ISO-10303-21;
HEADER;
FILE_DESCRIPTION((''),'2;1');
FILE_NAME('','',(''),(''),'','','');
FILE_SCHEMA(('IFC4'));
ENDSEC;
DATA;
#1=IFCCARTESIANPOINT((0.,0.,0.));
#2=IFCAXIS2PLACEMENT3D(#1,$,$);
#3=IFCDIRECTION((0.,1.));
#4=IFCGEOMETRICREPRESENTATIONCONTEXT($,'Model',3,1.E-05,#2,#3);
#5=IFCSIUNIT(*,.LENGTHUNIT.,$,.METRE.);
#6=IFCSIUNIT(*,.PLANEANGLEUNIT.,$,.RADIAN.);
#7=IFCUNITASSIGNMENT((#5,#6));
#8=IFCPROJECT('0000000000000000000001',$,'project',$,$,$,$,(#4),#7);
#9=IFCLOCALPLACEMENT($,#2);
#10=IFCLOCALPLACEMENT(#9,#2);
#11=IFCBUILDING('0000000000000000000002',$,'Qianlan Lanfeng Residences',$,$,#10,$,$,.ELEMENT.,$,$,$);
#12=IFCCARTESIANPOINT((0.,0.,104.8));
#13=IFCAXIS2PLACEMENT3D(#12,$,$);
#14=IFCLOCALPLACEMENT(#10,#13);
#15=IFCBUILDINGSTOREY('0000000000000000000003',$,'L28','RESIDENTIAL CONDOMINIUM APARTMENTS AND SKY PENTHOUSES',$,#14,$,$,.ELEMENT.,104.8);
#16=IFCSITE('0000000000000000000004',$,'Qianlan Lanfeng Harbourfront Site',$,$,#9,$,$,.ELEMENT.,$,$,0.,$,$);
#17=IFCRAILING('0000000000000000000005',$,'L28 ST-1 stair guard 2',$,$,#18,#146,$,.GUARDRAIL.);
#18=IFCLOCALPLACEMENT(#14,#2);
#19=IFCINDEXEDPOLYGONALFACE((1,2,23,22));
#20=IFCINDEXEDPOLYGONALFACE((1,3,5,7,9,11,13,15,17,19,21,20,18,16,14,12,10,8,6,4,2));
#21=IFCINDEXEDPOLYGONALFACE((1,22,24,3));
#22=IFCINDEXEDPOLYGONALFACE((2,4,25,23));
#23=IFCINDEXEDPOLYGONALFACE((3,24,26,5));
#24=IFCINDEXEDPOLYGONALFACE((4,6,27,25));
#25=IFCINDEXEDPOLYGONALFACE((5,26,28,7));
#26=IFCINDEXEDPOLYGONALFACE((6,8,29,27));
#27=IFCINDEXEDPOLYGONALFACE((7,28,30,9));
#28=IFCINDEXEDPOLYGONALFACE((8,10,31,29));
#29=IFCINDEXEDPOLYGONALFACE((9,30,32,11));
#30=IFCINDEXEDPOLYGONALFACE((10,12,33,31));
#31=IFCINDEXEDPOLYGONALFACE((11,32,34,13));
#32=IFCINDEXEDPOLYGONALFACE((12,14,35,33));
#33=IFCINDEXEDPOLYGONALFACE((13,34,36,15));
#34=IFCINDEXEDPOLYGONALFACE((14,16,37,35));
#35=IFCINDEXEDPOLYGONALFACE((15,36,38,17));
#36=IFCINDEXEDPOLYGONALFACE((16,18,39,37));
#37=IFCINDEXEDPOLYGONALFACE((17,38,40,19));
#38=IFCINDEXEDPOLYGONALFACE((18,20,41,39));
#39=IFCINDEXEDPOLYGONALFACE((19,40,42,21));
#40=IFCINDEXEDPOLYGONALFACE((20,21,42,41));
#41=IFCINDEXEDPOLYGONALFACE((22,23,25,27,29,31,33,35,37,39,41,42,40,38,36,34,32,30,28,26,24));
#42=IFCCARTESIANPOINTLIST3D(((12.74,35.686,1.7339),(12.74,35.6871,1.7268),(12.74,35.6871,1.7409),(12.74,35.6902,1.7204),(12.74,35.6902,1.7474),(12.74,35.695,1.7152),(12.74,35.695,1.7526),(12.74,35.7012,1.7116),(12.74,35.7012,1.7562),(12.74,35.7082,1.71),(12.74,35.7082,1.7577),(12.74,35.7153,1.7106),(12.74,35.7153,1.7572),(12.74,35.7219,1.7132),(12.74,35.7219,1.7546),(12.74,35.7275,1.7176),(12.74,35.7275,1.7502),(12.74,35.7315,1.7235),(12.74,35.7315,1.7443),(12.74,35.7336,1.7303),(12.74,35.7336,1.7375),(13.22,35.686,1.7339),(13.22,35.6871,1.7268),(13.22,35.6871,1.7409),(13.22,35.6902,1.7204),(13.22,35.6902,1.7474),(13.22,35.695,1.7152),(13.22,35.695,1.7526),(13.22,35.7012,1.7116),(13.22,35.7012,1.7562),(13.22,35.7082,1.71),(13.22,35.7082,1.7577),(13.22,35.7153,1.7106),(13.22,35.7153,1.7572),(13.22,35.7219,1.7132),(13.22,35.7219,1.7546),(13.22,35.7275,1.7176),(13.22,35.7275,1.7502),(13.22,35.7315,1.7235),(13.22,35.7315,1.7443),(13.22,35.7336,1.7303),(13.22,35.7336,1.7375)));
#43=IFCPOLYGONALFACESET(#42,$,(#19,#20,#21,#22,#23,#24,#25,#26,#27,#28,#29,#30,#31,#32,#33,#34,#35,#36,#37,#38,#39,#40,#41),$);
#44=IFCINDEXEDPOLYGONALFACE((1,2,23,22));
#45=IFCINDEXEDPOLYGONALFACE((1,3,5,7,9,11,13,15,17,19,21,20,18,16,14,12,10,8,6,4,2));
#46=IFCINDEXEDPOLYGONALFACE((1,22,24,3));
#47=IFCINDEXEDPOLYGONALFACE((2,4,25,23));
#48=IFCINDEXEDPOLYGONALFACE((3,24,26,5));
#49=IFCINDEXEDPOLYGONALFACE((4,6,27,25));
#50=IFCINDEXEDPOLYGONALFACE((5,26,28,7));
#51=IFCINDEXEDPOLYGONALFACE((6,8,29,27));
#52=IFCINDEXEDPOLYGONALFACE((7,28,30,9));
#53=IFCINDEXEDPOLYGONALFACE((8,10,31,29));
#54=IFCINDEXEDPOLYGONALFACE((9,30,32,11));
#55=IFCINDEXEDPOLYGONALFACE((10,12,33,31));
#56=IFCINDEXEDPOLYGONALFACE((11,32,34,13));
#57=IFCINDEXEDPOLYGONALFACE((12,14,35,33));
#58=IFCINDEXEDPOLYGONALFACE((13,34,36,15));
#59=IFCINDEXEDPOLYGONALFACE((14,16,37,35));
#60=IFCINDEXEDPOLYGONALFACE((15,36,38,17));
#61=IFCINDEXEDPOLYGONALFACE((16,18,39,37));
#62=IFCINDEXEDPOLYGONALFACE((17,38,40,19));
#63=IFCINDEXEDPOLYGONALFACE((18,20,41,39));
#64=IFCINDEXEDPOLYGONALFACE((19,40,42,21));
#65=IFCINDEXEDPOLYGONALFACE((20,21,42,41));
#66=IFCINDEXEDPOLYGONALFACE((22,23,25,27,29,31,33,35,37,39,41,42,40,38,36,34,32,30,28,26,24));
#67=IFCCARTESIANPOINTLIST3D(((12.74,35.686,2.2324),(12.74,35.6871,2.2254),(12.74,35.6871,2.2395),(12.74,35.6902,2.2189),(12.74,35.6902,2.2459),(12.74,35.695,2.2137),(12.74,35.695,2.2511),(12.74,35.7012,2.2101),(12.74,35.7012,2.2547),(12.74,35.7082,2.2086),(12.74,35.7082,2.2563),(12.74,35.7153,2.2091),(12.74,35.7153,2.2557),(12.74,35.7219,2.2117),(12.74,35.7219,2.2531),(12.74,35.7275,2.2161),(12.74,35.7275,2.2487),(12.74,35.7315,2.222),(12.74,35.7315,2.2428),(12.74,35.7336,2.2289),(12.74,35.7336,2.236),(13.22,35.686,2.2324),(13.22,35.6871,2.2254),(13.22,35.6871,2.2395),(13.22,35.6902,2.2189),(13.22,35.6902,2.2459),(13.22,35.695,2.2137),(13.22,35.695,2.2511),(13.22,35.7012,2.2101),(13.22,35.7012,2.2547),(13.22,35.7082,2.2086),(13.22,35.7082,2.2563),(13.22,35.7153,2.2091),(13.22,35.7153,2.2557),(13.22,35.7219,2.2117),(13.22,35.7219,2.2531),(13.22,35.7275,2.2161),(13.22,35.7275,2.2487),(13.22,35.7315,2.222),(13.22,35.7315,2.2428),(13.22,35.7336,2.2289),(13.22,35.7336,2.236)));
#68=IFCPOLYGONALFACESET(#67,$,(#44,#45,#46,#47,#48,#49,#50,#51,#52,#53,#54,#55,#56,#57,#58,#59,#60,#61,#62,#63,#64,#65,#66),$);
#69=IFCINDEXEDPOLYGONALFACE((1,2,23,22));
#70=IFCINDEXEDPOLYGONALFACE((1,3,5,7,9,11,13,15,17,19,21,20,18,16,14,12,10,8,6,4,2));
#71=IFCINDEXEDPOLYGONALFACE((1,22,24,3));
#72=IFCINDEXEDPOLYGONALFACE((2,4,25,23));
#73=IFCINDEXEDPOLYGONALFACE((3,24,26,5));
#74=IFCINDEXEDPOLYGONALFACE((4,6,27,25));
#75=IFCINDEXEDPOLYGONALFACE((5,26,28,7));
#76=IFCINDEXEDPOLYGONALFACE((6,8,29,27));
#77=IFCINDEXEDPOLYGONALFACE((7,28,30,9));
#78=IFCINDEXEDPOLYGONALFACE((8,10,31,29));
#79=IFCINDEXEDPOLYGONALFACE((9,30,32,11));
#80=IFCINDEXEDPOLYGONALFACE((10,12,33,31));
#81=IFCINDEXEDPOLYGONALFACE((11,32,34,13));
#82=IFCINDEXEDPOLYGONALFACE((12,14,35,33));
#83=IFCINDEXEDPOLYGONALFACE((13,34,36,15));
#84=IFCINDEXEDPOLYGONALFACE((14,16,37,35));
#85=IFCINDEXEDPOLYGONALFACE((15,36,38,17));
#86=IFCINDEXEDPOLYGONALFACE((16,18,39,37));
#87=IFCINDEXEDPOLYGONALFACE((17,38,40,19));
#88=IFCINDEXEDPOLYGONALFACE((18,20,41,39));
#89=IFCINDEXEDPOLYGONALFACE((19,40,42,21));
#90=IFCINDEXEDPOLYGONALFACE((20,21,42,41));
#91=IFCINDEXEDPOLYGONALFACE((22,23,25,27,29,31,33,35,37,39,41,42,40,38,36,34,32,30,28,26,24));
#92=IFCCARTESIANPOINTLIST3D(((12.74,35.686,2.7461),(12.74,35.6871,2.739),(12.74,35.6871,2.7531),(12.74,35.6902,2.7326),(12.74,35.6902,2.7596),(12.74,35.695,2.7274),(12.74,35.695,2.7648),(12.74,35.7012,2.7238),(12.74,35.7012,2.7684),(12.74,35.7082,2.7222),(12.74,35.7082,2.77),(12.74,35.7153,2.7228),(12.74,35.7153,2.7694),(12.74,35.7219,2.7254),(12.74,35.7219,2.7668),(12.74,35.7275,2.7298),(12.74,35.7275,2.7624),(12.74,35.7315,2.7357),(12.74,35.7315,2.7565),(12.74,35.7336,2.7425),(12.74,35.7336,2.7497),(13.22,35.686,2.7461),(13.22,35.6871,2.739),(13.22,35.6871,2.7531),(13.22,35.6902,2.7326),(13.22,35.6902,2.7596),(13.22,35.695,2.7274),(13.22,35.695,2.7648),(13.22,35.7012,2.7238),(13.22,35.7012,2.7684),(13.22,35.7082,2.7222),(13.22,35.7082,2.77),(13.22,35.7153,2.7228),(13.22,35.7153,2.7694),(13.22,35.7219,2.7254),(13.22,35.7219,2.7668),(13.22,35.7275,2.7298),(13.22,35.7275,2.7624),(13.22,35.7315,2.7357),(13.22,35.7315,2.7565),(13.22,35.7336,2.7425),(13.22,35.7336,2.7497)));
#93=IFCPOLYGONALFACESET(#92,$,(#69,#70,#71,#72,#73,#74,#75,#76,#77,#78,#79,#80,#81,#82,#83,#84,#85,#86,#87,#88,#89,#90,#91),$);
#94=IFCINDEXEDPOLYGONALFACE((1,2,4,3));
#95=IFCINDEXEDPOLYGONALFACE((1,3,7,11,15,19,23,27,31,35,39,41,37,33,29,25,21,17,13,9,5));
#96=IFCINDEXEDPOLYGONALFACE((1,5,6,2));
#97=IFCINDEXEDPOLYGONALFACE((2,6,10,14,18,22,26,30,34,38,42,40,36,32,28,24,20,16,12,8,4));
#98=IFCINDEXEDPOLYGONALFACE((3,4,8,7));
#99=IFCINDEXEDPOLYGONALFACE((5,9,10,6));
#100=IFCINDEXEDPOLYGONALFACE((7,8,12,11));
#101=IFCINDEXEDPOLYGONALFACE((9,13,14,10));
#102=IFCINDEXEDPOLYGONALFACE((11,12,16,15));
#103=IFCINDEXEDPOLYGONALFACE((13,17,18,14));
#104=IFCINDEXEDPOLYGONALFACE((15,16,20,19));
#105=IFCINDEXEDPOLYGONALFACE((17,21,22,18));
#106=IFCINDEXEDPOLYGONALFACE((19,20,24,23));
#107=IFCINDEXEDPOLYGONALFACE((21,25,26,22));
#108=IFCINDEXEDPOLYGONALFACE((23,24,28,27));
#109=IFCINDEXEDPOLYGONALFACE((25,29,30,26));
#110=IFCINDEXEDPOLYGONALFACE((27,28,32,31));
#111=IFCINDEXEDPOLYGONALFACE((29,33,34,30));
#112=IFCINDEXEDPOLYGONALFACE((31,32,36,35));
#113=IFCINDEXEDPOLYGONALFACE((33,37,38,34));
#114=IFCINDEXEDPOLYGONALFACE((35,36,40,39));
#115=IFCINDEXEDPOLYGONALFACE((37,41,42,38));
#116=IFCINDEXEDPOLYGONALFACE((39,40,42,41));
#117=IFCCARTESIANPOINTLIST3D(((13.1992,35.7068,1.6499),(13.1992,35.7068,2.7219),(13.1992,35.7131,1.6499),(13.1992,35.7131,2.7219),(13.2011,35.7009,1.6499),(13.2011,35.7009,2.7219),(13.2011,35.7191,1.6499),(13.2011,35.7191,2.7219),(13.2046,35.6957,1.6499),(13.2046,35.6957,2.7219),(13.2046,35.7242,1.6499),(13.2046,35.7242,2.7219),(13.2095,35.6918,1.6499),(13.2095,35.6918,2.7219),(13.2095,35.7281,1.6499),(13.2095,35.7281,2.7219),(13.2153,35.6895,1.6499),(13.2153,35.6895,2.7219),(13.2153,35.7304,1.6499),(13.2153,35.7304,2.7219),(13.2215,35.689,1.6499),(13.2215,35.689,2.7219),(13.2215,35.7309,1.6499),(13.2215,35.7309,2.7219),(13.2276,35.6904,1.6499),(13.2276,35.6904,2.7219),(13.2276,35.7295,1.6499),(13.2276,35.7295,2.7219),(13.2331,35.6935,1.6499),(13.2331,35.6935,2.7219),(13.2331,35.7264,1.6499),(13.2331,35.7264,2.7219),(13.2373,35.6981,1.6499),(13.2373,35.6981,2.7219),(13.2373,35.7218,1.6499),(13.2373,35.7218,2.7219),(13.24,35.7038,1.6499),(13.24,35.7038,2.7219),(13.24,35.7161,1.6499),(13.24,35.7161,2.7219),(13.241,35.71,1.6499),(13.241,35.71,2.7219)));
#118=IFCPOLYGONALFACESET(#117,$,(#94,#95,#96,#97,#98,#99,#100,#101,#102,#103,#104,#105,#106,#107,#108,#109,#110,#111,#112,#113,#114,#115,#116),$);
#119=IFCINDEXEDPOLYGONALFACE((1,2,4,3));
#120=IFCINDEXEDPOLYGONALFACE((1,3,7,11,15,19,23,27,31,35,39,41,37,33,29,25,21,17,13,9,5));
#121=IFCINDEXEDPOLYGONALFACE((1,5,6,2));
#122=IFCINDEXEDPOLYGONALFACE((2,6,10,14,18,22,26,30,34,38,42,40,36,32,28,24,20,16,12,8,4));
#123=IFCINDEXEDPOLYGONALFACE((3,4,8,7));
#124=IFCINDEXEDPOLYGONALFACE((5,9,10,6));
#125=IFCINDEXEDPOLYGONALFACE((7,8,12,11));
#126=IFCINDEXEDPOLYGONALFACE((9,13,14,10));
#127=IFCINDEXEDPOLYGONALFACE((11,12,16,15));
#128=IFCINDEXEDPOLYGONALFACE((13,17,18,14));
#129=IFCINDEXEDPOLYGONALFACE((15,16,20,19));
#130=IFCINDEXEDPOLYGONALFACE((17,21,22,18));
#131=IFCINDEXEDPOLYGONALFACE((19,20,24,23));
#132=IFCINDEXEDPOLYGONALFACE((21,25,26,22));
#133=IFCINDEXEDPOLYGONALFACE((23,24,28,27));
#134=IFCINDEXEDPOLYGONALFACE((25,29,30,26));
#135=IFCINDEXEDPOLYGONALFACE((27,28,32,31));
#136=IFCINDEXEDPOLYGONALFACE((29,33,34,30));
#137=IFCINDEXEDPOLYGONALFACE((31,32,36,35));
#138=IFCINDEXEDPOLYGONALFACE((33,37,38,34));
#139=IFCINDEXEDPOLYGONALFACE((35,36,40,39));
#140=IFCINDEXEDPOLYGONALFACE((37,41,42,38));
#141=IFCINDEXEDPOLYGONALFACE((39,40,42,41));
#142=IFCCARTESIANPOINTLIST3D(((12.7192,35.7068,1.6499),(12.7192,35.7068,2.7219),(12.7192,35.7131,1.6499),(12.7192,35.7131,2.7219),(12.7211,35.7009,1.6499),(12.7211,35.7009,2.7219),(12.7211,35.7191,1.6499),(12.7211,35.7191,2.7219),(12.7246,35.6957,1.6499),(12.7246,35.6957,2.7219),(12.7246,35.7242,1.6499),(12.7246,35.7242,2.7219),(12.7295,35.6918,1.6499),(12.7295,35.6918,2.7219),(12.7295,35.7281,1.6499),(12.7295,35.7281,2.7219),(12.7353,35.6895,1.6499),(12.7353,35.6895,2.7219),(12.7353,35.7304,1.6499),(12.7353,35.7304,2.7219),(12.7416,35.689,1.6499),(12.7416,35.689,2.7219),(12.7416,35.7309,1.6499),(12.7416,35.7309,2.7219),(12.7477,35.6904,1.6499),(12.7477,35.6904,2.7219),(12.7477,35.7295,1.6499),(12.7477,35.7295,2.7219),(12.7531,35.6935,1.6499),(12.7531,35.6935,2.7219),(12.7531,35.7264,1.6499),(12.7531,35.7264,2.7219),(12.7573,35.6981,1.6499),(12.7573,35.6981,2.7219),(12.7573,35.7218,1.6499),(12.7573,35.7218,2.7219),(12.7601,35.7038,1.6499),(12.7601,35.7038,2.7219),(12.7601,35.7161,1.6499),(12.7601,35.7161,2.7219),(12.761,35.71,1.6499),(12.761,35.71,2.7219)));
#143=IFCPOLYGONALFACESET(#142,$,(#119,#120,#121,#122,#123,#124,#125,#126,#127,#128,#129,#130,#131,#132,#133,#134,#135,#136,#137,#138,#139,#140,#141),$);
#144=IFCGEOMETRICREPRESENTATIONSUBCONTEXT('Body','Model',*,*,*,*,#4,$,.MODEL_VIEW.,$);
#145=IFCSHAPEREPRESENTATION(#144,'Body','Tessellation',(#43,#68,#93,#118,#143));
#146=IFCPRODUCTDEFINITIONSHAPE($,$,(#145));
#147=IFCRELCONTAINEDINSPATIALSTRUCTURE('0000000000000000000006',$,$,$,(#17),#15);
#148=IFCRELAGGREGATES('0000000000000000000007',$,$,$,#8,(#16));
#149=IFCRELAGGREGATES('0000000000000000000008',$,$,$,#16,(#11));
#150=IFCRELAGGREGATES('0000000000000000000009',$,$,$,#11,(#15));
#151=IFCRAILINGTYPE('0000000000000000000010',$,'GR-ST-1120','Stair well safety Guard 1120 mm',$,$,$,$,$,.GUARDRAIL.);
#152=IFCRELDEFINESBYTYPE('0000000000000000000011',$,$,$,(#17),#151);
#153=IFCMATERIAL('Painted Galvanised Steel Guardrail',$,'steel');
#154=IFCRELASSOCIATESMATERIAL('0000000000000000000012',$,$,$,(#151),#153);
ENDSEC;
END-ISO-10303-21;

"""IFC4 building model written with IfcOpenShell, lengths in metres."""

from ifc_helpers import new_model, si_unit, direction, frame, origin, origin_2d, place, context, subcontext, project, spatial, circle, extrude, material, type_object, element, save


model = new_model("IFC4")

# Units and contexts
model_context = context("Model", 3, precision=1e-05, world=origin(), true_north=direction((0.0, 1.0)))
body_context = subcontext(model_context, "Body", "Model", "MODEL_VIEW")
ifc_project = project(units=[si_unit("LENGTHUNIT", "METRE"), si_unit("PLANEANGLEUNIT", "RADIAN")], contexts=[model_context])

# Site, building, storey
site_placement = place(None, origin())
site = spatial("IfcSite", under=ifc_project, at=site_placement, Name="Qianlan Lanfeng Harbourfront Site", CompositionType="ELEMENT", RefElevation=0.0)
building_placement = place(site_placement, origin())
building = spatial("IfcBuilding", under=site, at=building_placement, Name="Qianlan Lanfeng Residences", CompositionType="ELEMENT")
storey_placement = place(building_placement, frame((0.0, 0.0, 104.8)))
storey = spatial("IfcBuildingStorey", under=building, at=storey_placement, Name="L28", Description="RESIDENTIAL CONDOMINIUM APARTMENTS AND SKY PENTHOUSES", CompositionType="ELEMENT", Elevation=104.8)

# Railing
ifc_material_1 = material(Name="Painted Galvanised Steel Guardrail", Category="steel")
railing_type_1 = type_object("IfcRailingType", Name="GR-ST-1120", Description="Stair well safety Guard 1120 mm", PredefinedType="GUARDRAIL", material=ifc_material_1)
railing_1_placement = place(storey_placement, frame((13.22, 35.71, 1.6499)))
element("IfcRailing", 1, at=railing_1_placement, inside=storey, type_object=railing_type_1, Name="L28 ST-1 stair guard 2", PredefinedType="GUARDRAIL", context=body_context, shape_type="SweptSolid", body=[
    extrude(circle(Radius=0.0239, at=origin_2d()), frame((0.0, 0.0, 0.084), z_axis=(-1.0, 0.0, 0.0), x_axis=(0.0, -1.0, 0.0)), (0.0, 0.0, 1.0), 0.48),
    extrude(circle(Radius=0.0239, at=origin_2d()), frame((0.0, 0.0, 0.5825), z_axis=(-1.0, 0.0, 0.0), x_axis=(0.0, -1.0, 0.0)), (0.0, 0.0, 1.0), 0.48),
    extrude(circle(Radius=0.0239, at=origin_2d()), frame((0.0, 0.0, 1.0962), z_axis=(-1.0, 0.0, 0.0), x_axis=(0.0, -1.0, 0.0)), (0.0, 0.0, 1.0), 0.48),
    extrude(circle(Radius=0.021, at=origin_2d()), origin(), (0.0, 0.0, 1.0), 1.072),
    extrude(circle(Radius=0.021, at=origin_2d()), frame((-0.48, 0.0, 0.0)), (0.0, 0.0, 1.0), 1.072),
])

save(model, "model.ifc")
